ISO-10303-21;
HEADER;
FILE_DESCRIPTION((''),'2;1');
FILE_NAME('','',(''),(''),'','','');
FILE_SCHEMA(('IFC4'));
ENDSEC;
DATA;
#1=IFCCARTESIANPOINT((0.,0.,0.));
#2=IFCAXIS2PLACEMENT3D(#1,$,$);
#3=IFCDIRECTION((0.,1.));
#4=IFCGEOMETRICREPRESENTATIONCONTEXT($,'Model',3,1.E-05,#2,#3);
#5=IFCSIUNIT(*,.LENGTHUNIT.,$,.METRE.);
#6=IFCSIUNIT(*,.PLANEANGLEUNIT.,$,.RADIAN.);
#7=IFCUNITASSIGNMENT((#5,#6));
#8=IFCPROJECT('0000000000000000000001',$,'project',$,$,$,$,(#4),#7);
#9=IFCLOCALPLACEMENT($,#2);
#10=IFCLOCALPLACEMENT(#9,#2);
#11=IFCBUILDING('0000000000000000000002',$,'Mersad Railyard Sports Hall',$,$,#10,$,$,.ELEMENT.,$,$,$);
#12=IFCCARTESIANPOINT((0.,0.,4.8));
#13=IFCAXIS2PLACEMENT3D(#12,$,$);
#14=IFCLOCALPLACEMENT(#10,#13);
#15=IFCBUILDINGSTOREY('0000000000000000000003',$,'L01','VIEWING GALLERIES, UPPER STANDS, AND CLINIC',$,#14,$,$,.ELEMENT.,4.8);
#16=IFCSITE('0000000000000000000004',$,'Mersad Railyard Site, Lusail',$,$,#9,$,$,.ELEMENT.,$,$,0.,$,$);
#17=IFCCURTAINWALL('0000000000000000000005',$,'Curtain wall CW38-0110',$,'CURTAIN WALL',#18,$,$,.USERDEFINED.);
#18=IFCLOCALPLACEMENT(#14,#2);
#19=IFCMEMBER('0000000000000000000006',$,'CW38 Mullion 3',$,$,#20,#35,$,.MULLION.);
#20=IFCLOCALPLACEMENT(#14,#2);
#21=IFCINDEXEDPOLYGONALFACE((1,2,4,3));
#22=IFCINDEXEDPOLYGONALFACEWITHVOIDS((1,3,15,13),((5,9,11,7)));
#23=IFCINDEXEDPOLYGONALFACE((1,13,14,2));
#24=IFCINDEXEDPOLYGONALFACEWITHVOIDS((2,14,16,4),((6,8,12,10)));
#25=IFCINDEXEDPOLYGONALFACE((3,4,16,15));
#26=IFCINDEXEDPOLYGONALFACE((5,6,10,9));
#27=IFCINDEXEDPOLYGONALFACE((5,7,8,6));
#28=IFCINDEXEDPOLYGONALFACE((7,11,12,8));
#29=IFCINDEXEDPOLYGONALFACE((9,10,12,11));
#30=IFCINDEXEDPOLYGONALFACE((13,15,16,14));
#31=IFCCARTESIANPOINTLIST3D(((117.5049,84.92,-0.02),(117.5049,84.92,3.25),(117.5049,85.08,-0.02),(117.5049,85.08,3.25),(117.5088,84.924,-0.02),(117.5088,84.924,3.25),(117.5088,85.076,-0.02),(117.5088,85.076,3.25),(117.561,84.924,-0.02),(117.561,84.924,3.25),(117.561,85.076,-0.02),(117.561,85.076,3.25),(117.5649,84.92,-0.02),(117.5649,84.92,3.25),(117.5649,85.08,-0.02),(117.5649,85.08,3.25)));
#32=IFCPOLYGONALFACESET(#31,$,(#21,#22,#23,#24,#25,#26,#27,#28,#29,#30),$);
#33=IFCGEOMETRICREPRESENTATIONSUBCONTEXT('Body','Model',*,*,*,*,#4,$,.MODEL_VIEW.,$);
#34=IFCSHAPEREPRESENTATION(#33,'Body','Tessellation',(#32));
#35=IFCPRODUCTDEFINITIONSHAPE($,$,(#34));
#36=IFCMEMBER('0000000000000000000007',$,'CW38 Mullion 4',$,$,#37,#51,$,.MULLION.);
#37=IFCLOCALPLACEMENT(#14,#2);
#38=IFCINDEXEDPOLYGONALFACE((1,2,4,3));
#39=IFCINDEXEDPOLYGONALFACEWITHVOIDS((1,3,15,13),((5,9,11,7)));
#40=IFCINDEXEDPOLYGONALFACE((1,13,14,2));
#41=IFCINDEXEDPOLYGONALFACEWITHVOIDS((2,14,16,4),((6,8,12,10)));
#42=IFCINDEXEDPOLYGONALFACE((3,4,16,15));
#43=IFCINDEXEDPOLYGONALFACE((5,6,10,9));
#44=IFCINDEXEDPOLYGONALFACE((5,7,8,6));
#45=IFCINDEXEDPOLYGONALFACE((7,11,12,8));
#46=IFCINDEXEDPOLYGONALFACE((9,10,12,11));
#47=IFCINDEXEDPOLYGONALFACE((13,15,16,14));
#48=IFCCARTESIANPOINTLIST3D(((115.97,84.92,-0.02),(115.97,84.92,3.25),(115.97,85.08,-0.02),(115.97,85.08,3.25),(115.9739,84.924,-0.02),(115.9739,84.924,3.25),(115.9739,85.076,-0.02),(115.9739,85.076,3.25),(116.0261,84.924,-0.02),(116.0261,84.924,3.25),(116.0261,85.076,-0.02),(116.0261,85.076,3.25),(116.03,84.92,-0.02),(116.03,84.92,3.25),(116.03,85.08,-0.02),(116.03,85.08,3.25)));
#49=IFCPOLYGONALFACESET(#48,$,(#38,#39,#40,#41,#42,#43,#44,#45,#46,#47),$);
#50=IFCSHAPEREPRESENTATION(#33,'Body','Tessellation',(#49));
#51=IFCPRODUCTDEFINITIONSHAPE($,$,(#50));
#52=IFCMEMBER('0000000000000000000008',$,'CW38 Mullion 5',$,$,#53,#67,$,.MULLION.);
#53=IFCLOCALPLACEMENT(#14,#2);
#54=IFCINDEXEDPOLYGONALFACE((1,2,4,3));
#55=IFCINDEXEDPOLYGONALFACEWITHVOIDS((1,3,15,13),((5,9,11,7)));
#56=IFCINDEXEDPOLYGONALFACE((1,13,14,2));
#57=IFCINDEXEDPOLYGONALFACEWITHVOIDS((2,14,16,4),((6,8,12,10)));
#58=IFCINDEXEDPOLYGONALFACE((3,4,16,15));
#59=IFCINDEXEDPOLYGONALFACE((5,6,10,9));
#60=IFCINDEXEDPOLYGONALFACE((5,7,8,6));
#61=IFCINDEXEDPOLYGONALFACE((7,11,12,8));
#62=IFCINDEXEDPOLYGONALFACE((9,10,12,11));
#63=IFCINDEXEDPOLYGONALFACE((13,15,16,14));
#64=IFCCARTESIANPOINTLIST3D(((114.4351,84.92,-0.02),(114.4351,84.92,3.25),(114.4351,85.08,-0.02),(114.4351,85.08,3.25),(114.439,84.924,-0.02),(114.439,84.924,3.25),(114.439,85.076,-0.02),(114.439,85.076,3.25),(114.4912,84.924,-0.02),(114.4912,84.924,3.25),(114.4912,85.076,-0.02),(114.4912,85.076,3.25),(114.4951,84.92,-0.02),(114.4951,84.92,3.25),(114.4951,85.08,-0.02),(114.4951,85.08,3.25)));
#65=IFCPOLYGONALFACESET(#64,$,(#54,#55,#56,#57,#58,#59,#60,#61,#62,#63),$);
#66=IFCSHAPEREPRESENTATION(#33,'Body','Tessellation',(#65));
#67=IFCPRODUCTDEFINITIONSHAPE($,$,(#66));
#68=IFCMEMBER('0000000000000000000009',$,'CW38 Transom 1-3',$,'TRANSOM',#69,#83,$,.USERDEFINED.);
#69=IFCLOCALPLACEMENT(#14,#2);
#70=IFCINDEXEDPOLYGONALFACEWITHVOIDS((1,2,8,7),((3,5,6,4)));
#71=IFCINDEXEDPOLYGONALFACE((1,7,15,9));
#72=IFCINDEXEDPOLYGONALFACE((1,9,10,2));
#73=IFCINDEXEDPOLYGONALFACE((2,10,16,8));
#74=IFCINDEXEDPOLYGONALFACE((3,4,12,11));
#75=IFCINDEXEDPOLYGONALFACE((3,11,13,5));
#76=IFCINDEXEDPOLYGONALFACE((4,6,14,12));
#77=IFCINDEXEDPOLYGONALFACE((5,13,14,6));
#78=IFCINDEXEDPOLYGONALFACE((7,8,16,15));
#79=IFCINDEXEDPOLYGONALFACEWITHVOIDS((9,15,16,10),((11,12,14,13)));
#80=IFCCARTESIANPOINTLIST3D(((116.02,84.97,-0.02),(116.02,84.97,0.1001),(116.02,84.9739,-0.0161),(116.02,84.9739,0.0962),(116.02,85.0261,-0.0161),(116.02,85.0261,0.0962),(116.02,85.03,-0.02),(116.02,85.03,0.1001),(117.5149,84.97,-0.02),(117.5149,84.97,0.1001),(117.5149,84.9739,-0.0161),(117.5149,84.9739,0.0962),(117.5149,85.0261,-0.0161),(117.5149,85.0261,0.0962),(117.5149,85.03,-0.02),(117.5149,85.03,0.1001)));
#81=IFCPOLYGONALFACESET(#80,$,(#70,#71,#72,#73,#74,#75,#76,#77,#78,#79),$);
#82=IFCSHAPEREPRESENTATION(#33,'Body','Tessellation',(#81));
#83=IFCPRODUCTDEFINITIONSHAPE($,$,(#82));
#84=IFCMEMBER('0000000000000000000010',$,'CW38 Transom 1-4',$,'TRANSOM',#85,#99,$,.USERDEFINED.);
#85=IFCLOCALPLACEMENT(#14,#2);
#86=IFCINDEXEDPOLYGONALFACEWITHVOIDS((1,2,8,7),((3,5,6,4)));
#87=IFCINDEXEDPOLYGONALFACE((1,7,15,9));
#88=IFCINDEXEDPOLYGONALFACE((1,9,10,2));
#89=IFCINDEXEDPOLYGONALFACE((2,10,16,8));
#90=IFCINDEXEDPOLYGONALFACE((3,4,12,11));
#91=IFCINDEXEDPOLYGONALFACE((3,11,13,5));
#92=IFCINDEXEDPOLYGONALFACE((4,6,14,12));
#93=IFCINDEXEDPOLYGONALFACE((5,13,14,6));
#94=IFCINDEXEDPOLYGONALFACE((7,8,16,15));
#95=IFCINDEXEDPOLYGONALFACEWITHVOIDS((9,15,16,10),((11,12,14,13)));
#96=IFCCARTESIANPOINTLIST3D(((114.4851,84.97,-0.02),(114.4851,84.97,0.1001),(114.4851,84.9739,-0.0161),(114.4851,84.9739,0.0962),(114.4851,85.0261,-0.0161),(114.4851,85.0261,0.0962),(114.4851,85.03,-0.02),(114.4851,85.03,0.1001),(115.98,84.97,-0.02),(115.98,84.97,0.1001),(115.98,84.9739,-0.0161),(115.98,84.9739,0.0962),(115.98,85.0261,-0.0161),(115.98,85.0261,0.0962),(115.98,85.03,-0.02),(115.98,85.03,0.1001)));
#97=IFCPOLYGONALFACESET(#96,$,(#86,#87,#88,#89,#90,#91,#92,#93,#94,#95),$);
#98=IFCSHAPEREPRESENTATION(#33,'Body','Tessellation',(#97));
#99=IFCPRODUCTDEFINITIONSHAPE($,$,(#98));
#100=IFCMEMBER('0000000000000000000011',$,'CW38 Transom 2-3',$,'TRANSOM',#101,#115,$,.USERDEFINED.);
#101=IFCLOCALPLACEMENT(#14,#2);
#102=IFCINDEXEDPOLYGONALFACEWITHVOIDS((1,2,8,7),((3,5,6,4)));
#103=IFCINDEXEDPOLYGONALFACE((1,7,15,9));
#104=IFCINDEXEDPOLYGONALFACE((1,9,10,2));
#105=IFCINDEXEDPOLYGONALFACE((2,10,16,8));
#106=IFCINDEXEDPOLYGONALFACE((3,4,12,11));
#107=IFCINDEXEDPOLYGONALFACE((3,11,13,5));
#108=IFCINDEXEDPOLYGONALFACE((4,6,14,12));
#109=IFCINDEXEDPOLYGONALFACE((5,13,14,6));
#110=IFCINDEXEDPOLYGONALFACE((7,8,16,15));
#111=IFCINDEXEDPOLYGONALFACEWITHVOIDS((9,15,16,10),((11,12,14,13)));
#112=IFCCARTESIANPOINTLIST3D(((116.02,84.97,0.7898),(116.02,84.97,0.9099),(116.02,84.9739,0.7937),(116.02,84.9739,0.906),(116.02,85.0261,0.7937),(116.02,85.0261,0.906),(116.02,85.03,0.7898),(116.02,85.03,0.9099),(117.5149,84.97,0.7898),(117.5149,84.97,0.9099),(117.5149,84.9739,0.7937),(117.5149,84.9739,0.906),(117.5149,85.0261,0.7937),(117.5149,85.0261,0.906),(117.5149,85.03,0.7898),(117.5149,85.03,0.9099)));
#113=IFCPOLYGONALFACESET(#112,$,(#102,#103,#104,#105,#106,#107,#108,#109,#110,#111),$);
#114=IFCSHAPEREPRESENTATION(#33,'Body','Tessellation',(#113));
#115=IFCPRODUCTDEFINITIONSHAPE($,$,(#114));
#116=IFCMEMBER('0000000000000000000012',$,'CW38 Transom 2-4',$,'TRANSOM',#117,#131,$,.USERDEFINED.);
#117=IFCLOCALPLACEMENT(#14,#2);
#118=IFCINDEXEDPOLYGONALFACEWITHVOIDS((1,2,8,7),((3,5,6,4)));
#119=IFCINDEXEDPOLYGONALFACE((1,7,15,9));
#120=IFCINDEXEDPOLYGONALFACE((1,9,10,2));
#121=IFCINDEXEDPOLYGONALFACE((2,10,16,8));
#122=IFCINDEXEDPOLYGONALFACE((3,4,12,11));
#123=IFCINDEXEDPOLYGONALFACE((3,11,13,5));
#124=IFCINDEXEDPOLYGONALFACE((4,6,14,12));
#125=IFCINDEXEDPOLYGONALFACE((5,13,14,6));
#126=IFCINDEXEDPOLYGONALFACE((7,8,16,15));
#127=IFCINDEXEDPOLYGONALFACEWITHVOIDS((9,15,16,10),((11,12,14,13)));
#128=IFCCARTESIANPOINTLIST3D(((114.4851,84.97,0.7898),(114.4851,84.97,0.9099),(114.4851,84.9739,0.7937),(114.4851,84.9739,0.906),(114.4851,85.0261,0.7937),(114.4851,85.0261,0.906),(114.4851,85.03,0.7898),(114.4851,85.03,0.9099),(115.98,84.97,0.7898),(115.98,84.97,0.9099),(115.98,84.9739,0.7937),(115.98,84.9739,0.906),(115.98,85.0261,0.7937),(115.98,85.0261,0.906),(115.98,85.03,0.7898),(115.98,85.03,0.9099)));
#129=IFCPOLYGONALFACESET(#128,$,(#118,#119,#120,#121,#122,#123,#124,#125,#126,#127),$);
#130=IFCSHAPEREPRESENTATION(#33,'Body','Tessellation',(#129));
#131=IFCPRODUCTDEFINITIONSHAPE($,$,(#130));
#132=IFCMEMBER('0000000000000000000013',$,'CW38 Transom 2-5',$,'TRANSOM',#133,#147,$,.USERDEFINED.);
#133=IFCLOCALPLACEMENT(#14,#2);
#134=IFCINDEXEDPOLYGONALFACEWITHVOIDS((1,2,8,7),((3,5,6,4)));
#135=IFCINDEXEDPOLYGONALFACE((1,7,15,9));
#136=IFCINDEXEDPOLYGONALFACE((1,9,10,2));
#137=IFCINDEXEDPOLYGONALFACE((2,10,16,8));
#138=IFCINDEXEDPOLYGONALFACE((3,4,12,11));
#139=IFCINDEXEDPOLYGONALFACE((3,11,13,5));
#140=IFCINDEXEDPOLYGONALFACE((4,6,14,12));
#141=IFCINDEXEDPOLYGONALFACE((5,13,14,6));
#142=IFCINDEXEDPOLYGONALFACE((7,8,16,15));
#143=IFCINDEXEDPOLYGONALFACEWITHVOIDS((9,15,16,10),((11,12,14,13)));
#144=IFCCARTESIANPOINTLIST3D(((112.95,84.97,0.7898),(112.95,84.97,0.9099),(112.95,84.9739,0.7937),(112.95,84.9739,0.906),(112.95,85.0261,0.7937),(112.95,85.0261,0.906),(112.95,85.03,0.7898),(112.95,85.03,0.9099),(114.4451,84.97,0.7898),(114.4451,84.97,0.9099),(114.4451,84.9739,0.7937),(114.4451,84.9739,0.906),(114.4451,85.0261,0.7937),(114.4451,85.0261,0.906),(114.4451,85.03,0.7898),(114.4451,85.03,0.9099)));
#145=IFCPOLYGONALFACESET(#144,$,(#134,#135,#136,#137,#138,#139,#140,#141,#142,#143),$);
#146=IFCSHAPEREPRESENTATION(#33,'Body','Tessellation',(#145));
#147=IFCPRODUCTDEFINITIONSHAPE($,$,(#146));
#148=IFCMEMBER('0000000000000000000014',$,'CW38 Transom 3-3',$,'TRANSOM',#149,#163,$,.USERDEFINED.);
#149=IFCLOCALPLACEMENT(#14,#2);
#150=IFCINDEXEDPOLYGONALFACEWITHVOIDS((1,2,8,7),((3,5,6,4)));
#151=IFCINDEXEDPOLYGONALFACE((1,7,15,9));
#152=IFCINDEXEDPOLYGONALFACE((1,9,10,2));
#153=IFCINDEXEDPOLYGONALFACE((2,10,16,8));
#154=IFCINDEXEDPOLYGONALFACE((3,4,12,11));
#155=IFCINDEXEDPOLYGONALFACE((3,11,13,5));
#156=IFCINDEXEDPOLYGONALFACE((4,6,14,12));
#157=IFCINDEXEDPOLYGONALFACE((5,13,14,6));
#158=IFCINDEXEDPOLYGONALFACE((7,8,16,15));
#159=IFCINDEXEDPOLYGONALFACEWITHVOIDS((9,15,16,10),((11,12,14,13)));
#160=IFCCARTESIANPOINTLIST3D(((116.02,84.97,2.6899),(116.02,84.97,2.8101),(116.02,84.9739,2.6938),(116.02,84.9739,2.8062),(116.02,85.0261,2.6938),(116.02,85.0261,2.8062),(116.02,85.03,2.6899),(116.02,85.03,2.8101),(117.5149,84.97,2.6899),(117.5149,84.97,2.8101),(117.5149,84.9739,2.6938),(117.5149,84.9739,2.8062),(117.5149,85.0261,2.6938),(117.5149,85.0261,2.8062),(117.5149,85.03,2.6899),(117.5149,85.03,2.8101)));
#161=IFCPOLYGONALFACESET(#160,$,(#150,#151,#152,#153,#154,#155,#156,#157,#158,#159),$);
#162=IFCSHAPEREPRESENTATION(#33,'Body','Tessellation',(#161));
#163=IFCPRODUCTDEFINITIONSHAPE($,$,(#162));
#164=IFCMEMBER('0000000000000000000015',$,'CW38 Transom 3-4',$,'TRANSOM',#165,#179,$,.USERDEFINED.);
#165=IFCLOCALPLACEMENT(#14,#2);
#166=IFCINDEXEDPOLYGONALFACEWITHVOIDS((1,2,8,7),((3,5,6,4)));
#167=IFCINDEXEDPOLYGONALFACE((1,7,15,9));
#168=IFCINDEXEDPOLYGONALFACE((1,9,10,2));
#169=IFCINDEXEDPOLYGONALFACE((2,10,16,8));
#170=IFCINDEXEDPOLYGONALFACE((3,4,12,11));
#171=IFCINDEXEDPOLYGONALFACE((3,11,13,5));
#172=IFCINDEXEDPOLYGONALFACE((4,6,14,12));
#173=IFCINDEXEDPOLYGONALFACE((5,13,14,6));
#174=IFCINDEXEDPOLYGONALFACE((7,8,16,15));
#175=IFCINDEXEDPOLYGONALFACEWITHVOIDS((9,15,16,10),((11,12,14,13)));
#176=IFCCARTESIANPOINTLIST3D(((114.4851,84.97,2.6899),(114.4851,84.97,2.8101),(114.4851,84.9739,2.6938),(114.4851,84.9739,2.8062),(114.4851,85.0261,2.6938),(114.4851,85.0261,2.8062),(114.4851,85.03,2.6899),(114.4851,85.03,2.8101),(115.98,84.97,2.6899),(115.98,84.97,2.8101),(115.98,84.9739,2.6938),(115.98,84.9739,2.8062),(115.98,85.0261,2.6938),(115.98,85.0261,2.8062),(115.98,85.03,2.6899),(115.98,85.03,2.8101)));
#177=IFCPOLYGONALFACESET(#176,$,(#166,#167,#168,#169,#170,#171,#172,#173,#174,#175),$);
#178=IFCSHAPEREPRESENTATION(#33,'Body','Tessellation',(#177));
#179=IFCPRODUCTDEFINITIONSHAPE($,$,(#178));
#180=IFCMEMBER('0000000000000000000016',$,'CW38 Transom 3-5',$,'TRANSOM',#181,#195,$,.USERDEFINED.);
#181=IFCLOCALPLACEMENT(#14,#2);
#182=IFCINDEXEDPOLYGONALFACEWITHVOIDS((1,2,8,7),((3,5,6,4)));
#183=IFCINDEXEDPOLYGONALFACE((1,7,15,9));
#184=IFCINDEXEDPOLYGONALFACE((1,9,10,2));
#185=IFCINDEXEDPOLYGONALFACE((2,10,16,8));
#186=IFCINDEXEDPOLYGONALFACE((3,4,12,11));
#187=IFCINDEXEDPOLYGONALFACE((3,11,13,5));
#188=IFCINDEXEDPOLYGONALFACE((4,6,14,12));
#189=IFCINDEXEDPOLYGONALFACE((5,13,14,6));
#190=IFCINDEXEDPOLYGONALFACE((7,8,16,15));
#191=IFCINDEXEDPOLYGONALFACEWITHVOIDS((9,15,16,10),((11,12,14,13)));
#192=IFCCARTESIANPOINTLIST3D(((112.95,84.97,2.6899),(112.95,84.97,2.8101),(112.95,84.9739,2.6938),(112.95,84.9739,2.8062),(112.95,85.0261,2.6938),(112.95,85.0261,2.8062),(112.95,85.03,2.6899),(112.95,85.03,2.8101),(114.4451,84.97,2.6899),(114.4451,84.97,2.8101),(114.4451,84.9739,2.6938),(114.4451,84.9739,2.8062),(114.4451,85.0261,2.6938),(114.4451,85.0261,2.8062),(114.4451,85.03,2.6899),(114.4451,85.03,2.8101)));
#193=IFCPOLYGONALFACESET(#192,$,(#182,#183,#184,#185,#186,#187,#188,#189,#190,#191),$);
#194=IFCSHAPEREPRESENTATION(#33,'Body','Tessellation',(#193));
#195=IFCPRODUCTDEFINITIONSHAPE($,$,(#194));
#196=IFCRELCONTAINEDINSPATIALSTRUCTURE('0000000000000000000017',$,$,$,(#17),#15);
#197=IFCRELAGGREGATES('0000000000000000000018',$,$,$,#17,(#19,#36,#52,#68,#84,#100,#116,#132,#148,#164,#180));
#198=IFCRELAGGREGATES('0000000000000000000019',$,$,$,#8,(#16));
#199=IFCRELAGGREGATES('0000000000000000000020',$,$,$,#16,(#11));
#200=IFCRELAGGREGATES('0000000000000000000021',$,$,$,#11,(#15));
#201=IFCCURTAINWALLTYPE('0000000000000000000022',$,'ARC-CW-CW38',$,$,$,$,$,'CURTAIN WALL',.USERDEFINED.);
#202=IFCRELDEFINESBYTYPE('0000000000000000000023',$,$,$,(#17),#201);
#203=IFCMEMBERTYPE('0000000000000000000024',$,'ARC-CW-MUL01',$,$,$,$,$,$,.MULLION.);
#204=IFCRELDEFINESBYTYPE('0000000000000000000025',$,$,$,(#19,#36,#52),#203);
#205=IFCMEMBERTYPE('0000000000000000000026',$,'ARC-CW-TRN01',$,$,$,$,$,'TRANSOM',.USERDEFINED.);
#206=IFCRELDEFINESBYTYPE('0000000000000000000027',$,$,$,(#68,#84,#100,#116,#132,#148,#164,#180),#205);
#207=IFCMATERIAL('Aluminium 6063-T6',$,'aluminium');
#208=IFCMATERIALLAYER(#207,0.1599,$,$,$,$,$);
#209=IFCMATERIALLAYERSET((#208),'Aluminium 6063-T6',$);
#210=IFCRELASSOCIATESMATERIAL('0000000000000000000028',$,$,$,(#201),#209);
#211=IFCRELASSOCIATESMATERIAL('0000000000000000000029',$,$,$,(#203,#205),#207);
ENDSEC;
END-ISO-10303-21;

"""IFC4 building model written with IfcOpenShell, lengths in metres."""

from ifc_helpers import new_model, si_unit, direction, frame, origin, origin_2d, place, context, subcontext, project, spatial, hollow_rectangle, extrude, material, layer, layer_set, material_profile, profile_set, type_object, element, aggregate, save


model = new_model("IFC4")

# Units and contexts
model_context = context("Model", 3, precision=1e-05, world=origin(), true_north=direction((0.0, 1.0)))
body_context = subcontext(model_context, "Body", "Model", "MODEL_VIEW")
ifc_project = project(units=[si_unit("LENGTHUNIT", "METRE"), si_unit("PLANEANGLEUNIT", "RADIAN")], contexts=[model_context])

# Site, building, storey
site_placement = place(None, origin())
site = spatial("IfcSite", under=ifc_project, at=site_placement, Name="Mersad Railyard Site, Lusail", CompositionType="ELEMENT", RefElevation=0.0)
building_placement = place(site_placement, origin())
building = spatial("IfcBuilding", under=site, at=building_placement, Name="Mersad Railyard Sports Hall", CompositionType="ELEMENT")
storey_placement = place(building_placement, frame((0.0, 0.0, 4.8)))
storey = spatial("IfcBuildingStorey", under=building, at=storey_placement, Name="L01", Description="VIEWING GALLERIES, UPPER STANDS, AND CLINIC", CompositionType="ELEMENT", Elevation=4.8)

# Curtain wall, members
ifc_material_1 = material(Name="Aluminium 6063-T6", Category="aluminium")
ifc_layer_1 = layer(ifc_material_1, 0.1599)
ifc_layer_set_1 = layer_set([ifc_layer_1], Name="Aluminium 6063-T6")
curtain_wall_type = type_object("IfcCurtainWallType", Name="ARC-CW-CW38", ElementType="CURTAIN WALL", PredefinedType="USERDEFINED", material=ifc_layer_set_1)
curtain_wall_placement = place(storey_placement, origin())
curtain_wall = element("IfcCurtainWall", 1, at=curtain_wall_placement, inside=storey, type_object=curtain_wall_type, Name="Curtain wall CW38-0110", ObjectType="CURTAIN WALL", PredefinedType="USERDEFINED")
ifc_material_profile_1 = material_profile(ifc_material_1, hollow_rectangle(XDim=0.0601, YDim=0.1599, WallThickness=0.0039, at=origin_2d()), Name="AL MULLION 60x160x4")
ifc_profile_set_1 = profile_set([ifc_material_profile_1], Name="Aluminium 6063-T6")
member_type_1 = type_object("IfcMemberType", Name="ARC-CW-MUL01", PredefinedType="MULLION", material=ifc_profile_set_1)
member_1_placement = place(storey_placement, frame((117.5349, 85.0, -0.02), z_axis=(0.0, 0.0, 1.0), x_axis=(1.0, 0.0, 0.0)))
member_1 = element("IfcMember", 2, at=member_1_placement, type_object=member_type_1, Name="CW38 Mullion 3", PredefinedType="MULLION", context=body_context, shape_type="SweptSolid", body=[
    extrude(hollow_rectangle(XDim=0.0601, YDim=0.1599, WallThickness=0.0039, at=origin_2d()), origin(), (0.0, 0.0, 1.0), 3.27),
])
member_2_placement = place(storey_placement, frame((116.0, 85.0, -0.02), z_axis=(0.0, 0.0, 1.0), x_axis=(1.0, 0.0, 0.0)))
member_2 = element("IfcMember", 3, at=member_2_placement, type_object=member_type_1, Name="CW38 Mullion 4", PredefinedType="MULLION", context=body_context, shape_type="SweptSolid", body=[
    extrude(hollow_rectangle(XDim=0.0601, YDim=0.1599, WallThickness=0.0039, at=origin_2d()), origin(), (0.0, 0.0, 1.0), 3.27),
])
member_3_placement = place(storey_placement, frame((114.4651, 85.0, -0.02), z_axis=(0.0, 0.0, 1.0), x_axis=(1.0, 0.0, 0.0)))
member_3 = element("IfcMember", 4, at=member_3_placement, type_object=member_type_1, Name="CW38 Mullion 5", PredefinedType="MULLION", context=body_context, shape_type="SweptSolid", body=[
    extrude(hollow_rectangle(XDim=0.0601, YDim=0.1599, WallThickness=0.0039, at=origin_2d()), origin(), (0.0, 0.0, 1.0), 3.27),
])
ifc_material_profile_2 = material_profile(ifc_material_1, hollow_rectangle(XDim=0.0601, YDim=0.1201, WallThickness=0.0039, at=origin_2d()), Name="AL TRANSOM 60x120x4")
ifc_profile_set_2 = profile_set([ifc_material_profile_2], Name="Aluminium 6063-T6")
member_type_2 = type_object("IfcMemberType", Name="ARC-CW-TRN01", ElementType="TRANSOM", PredefinedType="USERDEFINED", material=ifc_profile_set_2)
member_4_placement = place(storey_placement, frame((117.5149, 85.0, 0.04), z_axis=(-1.0, 0.0, 0.0), x_axis=(0.0, -1.0, 0.0)))
member_4 = element("IfcMember", 5, at=member_4_placement, type_object=member_type_2, Name="CW38 Transom 1-3", ObjectType="TRANSOM", PredefinedType="USERDEFINED", context=body_context, shape_type="SweptSolid", body=[
    extrude(hollow_rectangle(XDim=0.0601, YDim=0.1201, WallThickness=0.0039, at=origin_2d()), origin(), (0.0, 0.0, 1.0), 1.4949),
])
member_5_placement = place(storey_placement, frame((115.98, 85.0, 0.04), z_axis=(-1.0, 0.0, 0.0), x_axis=(0.0, -1.0, 0.0)))
member_5 = element("IfcMember", 6, at=member_5_placement, type_object=member_type_2, Name="CW38 Transom 1-4", ObjectType="TRANSOM", PredefinedType="USERDEFINED", context=body_context, shape_type="SweptSolid", body=[
    extrude(hollow_rectangle(XDim=0.0601, YDim=0.1201, WallThickness=0.0039, at=origin_2d()), origin(), (0.0, 0.0, 1.0), 1.4949),
])
member_6_placement = place(storey_placement, frame((117.5149, 85.0, 0.8499), z_axis=(-1.0, 0.0, 0.0), x_axis=(0.0, -1.0, 0.0)))
member_6 = element("IfcMember", 7, at=member_6_placement, type_object=member_type_2, Name="CW38 Transom 2-3", ObjectType="TRANSOM", PredefinedType="USERDEFINED", context=body_context, shape_type="SweptSolid", body=[
    extrude(hollow_rectangle(XDim=0.0601, YDim=0.1201, WallThickness=0.0039, at=origin_2d()), origin(), (0.0, 0.0, 1.0), 1.4949),
])
member_7_placement = place(storey_placement, frame((115.98, 85.0, 0.8499), z_axis=(-1.0, 0.0, 0.0), x_axis=(0.0, -1.0, 0.0)))
member_7 = element("IfcMember", 8, at=member_7_placement, type_object=member_type_2, Name="CW38 Transom 2-4", ObjectType="TRANSOM", PredefinedType="USERDEFINED", context=body_context, shape_type="SweptSolid", body=[
    extrude(hollow_rectangle(XDim=0.0601, YDim=0.1201, WallThickness=0.0039, at=origin_2d()), origin(), (0.0, 0.0, 1.0), 1.4949),
])
member_8_placement = place(storey_placement, frame((114.4451, 85.0, 0.8499), z_axis=(-1.0, 0.0, 0.0), x_axis=(0.0, -1.0, 0.0)))
member_8 = element("IfcMember", 9, at=member_8_placement, type_object=member_type_2, Name="CW38 Transom 2-5", ObjectType="TRANSOM", PredefinedType="USERDEFINED", context=body_context, shape_type="SweptSolid", body=[
    extrude(hollow_rectangle(XDim=0.0601, YDim=0.1201, WallThickness=0.0039, at=origin_2d()), origin(), (0.0, 0.0, 1.0), 1.4951),
])
member_9_placement = place(storey_placement, frame((117.5149, 85.0, 2.75), z_axis=(-1.0, 0.0, 0.0), x_axis=(0.0, -1.0, 0.0)))
member_9 = element("IfcMember", 10, at=member_9_placement, type_object=member_type_2, Name="CW38 Transom 3-3", ObjectType="TRANSOM", PredefinedType="USERDEFINED", context=body_context, shape_type="SweptSolid", body=[
    extrude(hollow_rectangle(XDim=0.0601, YDim=0.1201, WallThickness=0.0039, at=origin_2d()), origin(), (0.0, 0.0, 1.0), 1.4949),
])
member_10_placement = place(storey_placement, frame((115.98, 85.0, 2.75), z_axis=(-1.0, 0.0, 0.0), x_axis=(0.0, -1.0, 0.0)))
member_10 = element("IfcMember", 11, at=member_10_placement, type_object=member_type_2, Name="CW38 Transom 3-4", ObjectType="TRANSOM", PredefinedType="USERDEFINED", context=body_context, shape_type="SweptSolid", body=[
    extrude(hollow_rectangle(XDim=0.0601, YDim=0.1201, WallThickness=0.0039, at=origin_2d()), origin(), (0.0, 0.0, 1.0), 1.4949),
])
member_11_placement = place(storey_placement, frame((114.4451, 85.0, 2.75), z_axis=(-1.0, 0.0, 0.0), x_axis=(0.0, -1.0, 0.0)))
member_11 = element("IfcMember", 12, at=member_11_placement, type_object=member_type_2, Name="CW38 Transom 3-5", ObjectType="TRANSOM", PredefinedType="USERDEFINED", context=body_context, shape_type="SweptSolid", body=[
    extrude(hollow_rectangle(XDim=0.0601, YDim=0.1201, WallThickness=0.0039, at=origin_2d()), origin(), (0.0, 0.0, 1.0), 1.4951),
])
aggregate(curtain_wall, [member_1, member_2, member_3, member_4, member_5, member_6, member_7, member_8, member_9, member_10, member_11])

save(model, "model.ifc")
